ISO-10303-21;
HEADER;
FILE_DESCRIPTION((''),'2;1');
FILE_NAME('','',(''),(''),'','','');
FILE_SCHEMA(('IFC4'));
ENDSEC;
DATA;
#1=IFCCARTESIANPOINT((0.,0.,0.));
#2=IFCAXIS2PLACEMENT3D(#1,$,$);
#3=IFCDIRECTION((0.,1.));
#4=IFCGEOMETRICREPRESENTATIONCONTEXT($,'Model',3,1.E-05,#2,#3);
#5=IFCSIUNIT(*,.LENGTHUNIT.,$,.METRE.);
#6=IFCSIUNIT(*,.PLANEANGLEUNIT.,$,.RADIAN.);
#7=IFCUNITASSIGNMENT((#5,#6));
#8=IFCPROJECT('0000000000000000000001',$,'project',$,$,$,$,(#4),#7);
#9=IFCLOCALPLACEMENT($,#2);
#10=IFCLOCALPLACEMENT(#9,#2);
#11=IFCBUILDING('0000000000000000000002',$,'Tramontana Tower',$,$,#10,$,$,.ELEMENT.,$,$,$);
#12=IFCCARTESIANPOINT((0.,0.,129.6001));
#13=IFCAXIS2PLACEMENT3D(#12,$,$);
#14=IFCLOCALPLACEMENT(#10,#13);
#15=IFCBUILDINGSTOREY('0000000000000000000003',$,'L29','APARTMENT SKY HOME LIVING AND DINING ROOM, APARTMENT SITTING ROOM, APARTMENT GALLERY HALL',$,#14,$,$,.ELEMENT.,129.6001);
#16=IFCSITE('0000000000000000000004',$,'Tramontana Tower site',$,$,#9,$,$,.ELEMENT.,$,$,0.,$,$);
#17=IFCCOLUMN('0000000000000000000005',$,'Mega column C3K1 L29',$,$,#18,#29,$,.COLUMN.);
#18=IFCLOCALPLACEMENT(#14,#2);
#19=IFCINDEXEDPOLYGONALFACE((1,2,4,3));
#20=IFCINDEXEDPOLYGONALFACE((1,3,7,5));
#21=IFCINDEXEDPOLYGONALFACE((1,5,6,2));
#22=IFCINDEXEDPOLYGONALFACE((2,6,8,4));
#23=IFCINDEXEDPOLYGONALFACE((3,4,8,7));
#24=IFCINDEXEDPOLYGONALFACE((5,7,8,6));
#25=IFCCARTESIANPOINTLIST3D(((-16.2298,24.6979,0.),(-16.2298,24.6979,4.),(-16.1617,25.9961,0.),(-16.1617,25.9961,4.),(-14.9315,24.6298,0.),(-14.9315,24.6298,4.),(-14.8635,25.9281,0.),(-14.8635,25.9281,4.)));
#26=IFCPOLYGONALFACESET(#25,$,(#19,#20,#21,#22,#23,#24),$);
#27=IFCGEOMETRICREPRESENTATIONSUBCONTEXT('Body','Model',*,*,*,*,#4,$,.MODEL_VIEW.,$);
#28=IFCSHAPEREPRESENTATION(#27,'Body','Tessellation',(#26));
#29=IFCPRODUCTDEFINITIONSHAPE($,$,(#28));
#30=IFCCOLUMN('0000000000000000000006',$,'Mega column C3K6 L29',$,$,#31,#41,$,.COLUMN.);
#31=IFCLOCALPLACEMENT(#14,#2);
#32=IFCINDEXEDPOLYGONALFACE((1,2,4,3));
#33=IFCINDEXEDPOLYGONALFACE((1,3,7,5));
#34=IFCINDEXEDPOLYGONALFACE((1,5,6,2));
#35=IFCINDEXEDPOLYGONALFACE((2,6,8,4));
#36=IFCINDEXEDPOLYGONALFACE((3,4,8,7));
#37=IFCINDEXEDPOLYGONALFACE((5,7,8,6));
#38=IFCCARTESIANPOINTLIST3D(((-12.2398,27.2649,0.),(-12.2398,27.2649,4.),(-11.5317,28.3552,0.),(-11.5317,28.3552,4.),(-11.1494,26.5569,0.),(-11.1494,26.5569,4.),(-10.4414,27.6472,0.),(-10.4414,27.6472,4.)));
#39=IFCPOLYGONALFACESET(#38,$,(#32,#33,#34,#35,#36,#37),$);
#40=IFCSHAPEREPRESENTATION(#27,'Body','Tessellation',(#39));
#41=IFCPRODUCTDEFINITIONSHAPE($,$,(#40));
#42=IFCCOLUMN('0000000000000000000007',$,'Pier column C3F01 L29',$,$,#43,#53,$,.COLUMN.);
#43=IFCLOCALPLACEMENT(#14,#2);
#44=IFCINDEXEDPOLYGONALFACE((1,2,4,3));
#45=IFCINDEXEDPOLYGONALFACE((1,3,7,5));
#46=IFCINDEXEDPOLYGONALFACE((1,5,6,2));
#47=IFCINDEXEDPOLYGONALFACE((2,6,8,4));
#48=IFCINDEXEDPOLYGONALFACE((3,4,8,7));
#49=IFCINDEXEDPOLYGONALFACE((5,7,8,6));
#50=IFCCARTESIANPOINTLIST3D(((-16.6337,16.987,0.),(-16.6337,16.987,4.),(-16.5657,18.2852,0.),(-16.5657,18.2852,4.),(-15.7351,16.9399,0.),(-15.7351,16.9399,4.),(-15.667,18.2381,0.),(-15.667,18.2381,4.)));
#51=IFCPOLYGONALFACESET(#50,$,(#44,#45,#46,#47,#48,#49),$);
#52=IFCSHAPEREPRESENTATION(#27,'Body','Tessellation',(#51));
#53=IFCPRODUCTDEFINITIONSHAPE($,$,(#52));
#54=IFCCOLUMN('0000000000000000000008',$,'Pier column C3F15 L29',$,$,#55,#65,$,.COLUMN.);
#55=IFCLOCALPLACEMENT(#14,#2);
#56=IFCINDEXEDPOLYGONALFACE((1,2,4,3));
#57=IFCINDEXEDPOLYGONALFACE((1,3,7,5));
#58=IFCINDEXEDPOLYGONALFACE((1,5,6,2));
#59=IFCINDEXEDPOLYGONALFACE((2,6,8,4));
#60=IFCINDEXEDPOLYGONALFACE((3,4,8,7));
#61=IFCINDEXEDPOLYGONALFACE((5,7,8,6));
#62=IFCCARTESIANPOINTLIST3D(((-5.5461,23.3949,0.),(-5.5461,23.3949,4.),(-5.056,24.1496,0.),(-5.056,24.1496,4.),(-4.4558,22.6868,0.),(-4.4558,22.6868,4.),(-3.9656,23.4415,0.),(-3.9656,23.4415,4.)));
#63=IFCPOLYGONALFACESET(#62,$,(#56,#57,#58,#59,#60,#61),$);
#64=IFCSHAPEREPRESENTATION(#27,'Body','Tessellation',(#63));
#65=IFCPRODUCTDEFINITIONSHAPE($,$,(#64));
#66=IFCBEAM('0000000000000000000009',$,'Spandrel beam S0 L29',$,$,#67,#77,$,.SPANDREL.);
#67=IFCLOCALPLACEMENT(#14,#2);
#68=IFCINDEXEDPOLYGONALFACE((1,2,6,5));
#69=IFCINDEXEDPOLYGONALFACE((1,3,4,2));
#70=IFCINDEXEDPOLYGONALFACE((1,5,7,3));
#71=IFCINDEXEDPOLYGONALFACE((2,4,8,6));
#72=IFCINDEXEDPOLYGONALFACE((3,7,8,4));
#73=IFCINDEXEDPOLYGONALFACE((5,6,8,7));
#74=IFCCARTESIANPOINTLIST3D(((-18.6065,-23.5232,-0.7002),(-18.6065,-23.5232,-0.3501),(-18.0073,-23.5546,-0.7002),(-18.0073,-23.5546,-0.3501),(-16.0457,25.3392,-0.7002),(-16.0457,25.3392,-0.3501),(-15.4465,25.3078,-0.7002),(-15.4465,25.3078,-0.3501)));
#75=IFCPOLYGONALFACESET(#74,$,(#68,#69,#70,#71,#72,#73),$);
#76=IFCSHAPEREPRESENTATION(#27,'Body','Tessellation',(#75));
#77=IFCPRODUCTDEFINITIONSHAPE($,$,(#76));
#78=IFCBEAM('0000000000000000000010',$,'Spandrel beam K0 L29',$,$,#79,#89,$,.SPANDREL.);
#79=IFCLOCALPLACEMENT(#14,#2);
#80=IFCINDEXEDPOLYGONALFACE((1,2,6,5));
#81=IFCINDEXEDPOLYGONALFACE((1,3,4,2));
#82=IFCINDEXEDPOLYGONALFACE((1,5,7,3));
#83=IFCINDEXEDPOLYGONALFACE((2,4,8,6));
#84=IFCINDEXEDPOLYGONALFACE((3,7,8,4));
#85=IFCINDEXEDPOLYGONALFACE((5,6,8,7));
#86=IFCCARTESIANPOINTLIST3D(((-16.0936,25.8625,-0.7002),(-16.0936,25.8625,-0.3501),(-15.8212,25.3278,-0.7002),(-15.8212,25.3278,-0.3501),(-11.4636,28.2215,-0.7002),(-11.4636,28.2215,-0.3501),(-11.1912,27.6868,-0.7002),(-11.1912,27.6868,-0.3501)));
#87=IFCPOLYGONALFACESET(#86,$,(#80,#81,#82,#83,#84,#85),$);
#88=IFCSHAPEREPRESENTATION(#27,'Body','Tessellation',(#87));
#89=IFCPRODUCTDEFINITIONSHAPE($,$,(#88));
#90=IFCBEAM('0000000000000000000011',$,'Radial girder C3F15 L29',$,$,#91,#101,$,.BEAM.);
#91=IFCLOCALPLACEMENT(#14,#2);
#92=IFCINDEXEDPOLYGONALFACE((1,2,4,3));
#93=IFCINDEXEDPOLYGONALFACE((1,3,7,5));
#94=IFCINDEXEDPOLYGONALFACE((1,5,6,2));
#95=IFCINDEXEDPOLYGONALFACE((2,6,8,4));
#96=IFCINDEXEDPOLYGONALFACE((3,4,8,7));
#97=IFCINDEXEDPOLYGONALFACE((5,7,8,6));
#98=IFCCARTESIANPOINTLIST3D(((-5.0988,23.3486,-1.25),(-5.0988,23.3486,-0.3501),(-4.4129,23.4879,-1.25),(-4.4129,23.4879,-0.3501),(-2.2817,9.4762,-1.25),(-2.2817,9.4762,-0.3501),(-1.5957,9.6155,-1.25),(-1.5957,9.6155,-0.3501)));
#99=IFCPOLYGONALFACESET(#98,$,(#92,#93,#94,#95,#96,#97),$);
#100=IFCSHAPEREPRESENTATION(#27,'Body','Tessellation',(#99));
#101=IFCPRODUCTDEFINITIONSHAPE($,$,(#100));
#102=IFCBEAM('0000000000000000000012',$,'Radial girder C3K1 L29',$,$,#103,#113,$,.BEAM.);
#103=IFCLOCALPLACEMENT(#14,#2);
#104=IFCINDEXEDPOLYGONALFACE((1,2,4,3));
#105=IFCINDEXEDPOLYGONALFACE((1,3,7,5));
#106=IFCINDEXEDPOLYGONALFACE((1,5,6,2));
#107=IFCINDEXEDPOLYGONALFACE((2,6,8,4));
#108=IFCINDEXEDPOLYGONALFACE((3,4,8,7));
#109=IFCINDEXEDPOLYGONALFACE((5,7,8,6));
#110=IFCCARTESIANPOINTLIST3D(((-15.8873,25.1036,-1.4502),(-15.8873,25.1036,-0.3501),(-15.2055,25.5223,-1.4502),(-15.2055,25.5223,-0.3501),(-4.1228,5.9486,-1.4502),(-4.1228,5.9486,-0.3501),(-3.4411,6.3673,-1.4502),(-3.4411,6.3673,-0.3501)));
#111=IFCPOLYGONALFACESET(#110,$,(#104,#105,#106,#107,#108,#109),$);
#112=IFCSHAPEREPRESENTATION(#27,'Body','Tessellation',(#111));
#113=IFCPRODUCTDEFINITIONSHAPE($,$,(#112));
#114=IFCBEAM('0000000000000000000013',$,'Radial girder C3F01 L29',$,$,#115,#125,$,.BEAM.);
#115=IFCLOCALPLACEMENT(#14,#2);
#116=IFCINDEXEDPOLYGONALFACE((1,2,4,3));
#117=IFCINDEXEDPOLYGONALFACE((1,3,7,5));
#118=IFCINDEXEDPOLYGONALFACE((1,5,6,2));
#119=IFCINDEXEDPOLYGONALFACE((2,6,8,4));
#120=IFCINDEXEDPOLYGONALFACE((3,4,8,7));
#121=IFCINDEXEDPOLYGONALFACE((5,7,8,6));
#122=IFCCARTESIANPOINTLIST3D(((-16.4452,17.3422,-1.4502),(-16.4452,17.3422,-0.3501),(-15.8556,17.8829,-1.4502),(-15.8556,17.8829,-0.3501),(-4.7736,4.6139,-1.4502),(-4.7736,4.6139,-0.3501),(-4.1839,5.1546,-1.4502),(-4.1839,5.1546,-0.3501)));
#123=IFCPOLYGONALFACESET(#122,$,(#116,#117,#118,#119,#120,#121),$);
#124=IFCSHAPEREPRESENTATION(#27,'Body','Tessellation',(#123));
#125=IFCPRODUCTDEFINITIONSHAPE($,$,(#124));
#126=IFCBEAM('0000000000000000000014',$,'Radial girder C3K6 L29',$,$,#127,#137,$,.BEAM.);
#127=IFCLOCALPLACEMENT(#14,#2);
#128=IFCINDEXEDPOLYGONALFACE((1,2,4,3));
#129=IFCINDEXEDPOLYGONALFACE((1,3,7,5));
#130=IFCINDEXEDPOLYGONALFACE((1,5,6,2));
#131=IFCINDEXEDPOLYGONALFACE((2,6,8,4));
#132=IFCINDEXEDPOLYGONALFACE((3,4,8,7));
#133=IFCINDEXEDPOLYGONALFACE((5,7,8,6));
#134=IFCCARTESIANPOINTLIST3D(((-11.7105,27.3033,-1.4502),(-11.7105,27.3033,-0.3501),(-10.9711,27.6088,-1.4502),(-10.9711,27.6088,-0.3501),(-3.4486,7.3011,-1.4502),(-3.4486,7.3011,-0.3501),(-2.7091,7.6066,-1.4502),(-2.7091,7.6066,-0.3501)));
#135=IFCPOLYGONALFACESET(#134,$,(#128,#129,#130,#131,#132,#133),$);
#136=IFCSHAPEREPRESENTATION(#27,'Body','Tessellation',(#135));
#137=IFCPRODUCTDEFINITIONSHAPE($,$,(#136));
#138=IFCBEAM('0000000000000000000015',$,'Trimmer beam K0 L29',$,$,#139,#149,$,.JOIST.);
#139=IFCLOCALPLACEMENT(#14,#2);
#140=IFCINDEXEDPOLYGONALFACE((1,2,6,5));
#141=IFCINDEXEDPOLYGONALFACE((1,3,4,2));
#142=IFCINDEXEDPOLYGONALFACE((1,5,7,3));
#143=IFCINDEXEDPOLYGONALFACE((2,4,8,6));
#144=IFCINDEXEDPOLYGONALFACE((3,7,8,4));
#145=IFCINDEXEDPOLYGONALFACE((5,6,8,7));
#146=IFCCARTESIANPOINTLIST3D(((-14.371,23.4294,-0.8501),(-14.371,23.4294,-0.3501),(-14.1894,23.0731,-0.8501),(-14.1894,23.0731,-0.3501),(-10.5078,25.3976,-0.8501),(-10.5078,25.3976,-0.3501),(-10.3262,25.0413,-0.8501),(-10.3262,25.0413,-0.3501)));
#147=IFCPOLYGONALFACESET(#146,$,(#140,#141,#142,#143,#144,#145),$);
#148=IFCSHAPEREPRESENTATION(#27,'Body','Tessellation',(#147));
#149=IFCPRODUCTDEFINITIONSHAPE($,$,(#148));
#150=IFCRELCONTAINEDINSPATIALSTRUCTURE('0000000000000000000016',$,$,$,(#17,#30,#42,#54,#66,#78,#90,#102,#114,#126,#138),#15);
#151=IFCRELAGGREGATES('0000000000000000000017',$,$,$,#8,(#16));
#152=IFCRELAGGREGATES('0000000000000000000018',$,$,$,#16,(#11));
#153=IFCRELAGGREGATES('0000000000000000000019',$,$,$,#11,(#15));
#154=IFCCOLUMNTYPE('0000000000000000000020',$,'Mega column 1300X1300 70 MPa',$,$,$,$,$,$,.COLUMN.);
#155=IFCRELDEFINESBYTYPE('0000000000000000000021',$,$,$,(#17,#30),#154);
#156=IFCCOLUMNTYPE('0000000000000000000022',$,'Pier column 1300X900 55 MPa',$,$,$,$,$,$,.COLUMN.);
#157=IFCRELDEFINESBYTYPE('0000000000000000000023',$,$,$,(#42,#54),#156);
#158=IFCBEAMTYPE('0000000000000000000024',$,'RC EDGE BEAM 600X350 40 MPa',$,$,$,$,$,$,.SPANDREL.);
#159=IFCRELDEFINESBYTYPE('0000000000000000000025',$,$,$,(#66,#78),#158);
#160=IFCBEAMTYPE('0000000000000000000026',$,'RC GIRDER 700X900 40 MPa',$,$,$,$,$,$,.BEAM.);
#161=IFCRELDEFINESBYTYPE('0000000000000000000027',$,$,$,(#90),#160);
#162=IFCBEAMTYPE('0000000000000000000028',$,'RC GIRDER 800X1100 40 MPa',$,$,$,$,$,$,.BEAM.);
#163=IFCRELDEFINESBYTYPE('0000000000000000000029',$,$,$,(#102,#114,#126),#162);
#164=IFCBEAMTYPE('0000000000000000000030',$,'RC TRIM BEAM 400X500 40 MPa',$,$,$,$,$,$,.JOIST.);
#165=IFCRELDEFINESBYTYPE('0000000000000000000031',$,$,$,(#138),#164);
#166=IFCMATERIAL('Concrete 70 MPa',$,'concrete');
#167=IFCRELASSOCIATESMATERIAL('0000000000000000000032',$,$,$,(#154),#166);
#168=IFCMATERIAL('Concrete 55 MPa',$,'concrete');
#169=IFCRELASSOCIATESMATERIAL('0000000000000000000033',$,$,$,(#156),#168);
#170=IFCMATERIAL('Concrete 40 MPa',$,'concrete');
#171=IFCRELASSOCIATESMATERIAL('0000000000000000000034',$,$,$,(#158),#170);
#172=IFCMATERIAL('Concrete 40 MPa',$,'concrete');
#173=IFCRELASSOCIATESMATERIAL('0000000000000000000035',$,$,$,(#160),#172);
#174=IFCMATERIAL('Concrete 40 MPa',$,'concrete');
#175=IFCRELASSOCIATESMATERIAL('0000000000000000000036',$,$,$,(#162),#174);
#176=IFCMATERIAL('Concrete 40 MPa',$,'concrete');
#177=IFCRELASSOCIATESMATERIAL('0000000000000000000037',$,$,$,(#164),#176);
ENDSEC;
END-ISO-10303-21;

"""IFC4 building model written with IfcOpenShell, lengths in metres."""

from ifc_helpers import new_model, si_unit, direction, frame, origin, origin_2d, place, context, subcontext, project, spatial, rectangle, extrude, material, material_profile, profile_set, type_object, element, save


model = new_model("IFC4")

# Units and contexts
model_context = context("Model", 3, precision=1e-05, world=origin(), true_north=direction((0.0, 1.0)))
body_context = subcontext(model_context, "Body", "Model", "MODEL_VIEW")
ifc_project = project(units=[si_unit("LENGTHUNIT", "METRE"), si_unit("PLANEANGLEUNIT", "RADIAN")], contexts=[model_context])

# Site, building, storey
site_placement = place(None, origin())
site = spatial("IfcSite", under=ifc_project, at=site_placement, Name="Tramontana Tower site", CompositionType="ELEMENT", RefElevation=0.0)
building_placement = place(site_placement, origin())
building = spatial("IfcBuilding", under=site, at=building_placement, Name="Tramontana Tower", CompositionType="ELEMENT")
storey_placement = place(building_placement, frame((0.0, 0.0, 129.6001)))
storey = spatial("IfcBuildingStorey", under=building, at=storey_placement, Name="L29", Description="APARTMENT SKY HOME LIVING AND DINING ROOM, APARTMENT SITTING ROOM, APARTMENT GALLERY HALL", CompositionType="ELEMENT", Elevation=129.6001)

# Columns
ifc_material_1 = material(Name="Concrete 70 MPa", Category="concrete")
ifc_material_profile_1 = material_profile(ifc_material_1, rectangle(XDim=1.3, YDim=1.3, at=origin_2d()), Name="Mega column 1300X1300 70 MPa")
ifc_profile_set_1 = profile_set([ifc_material_profile_1], Name="Concrete 70 MPa")
column_type_1 = type_object("IfcColumnType", Name="Mega column 1300X1300 70 MPa", PredefinedType="COLUMN", material=ifc_profile_set_1)
for number, where, z_axis, x_axis, name in (
    (1, (-15.5466, 25.313, 0.0), (0.0, 0.0, 1.0), (-0.052336, -0.99863, 0.0), "Mega column C3K1 L29"),
    (2, (-11.3406, 27.4561, 0.0), (0.0, 0.0, 1.0), (-0.838671, 0.544639, 0.0), "Mega column C3K6 L29"),
):
    element("IfcColumn", number, at=place(storey_placement, frame(where, z_axis=z_axis, x_axis=x_axis)), inside=storey, type_object=column_type_1, Name=name, PredefinedType="COLUMN", context=body_context, shape_type="SweptSolid", body=[
        extrude(rectangle(XDim=1.3, YDim=1.3, at=origin_2d()), origin(), (0.0, 0.0, 1.0), 4.0),
    ])
ifc_material_2 = material(Name="Concrete 55 MPa", Category="concrete")
ifc_material_profile_2 = material_profile(ifc_material_2, rectangle(XDim=1.3, YDim=0.8999, at=origin_2d()), Name="Pier column 1300X900 55 MPa")
ifc_profile_set_2 = profile_set([ifc_material_profile_2], Name="Concrete 55 MPa")
column_type_2 = type_object("IfcColumnType", Name="Pier column 1300X900 55 MPa", PredefinedType="COLUMN", material=ifc_profile_set_2)
for number, where, z_axis, x_axis, name in (
    (3, (-16.1504, 17.6125, 0.0), (0.0, 0.0, 1.0), (-0.052336, -0.99863, 0.0), "Pier column C3F01 L29"),
    (4, (-4.7559, 23.4182, 0.0), (0.0, 0.0, 1.0), (-0.838671, 0.544639, 0.0), "Pier column C3F15 L29"),
):
    element("IfcColumn", number, at=place(storey_placement, frame(where, z_axis=z_axis, x_axis=x_axis)), inside=storey, type_object=column_type_2, Name=name, PredefinedType="COLUMN", context=body_context, shape_type="SweptSolid", body=[
        extrude(rectangle(XDim=1.3, YDim=0.8999, at=origin_2d()), origin(), (0.0, 0.0, 1.0), 4.0),
    ])

# Beams
ifc_material_3 = material(Name="Concrete 40 MPa", Category="concrete")
ifc_material_profile_3 = material_profile(ifc_material_3, rectangle(XDim=0.6001, YDim=0.3501, at=origin_2d()), Name="RC EDGE BEAM 600X350 40 MPa")
ifc_profile_set_3 = profile_set([ifc_material_profile_3], Name="Concrete 40 MPa")
beam_type_1 = type_object("IfcBeamType", Name="RC EDGE BEAM 600X350 40 MPa", PredefinedType="SPANDREL", material=ifc_profile_set_3)
beam_1_placement = place(storey_placement, frame((-15.7461, 25.3235, -0.5251), z_axis=(-0.052336, -0.99863, 0.0), x_axis=(0.99863, -0.052336, 0.0)))
element("IfcBeam", 5, at=beam_1_placement, inside=storey, type_object=beam_type_1, Name="Spandrel beam S0 L29", PredefinedType="SPANDREL", context=body_context, shape_type="SweptSolid", body=[
    extrude(rectangle(XDim=0.6001, YDim=0.3501, at=origin_2d()), origin(), (0.0, 0.0, 1.0), 48.9294),
])
beam_2_placement = place(storey_placement, frame((-11.3274, 27.9541, -0.5251), z_axis=(-0.891019, -0.453967, 0.0), x_axis=(0.453967, -0.891019, 0.0)))
element("IfcBeam", 6, at=beam_2_placement, inside=storey, type_object=beam_type_1, Name="Spandrel beam K0 L29", PredefinedType="SPANDREL", context=body_context, shape_type="SweptSolid", body=[
    extrude(rectangle(XDim=0.6001, YDim=0.3501, at=origin_2d()), origin(), (0.0, 0.0, 1.0), 5.1963),
])
ifc_material_4 = material(Name="Concrete 40 MPa", Category="concrete")
ifc_material_profile_4 = material_profile(ifc_material_4, rectangle(XDim=0.7, YDim=0.8999, at=origin_2d()), Name="RC GIRDER 700X900 40 MPa")
ifc_profile_set_4 = profile_set([ifc_material_profile_4], Name="Concrete 40 MPa")
beam_type_2 = type_object("IfcBeamType", Name="RC GIRDER 700X900 40 MPa", PredefinedType="BEAM", material=ifc_profile_set_4)
beam_3_placement = place(storey_placement, frame((-4.7559, 23.4182, -0.8), z_axis=(0.199014, -0.979997, 0.0), x_axis=(0.979997, 0.199014, 0.0)))
element("IfcBeam", 7, at=beam_3_placement, inside=storey, type_object=beam_type_2, Name="Radial girder C3F15 L29", PredefinedType="BEAM", context=body_context, shape_type="SweptSolid", body=[
    extrude(rectangle(XDim=0.7, YDim=0.8999, at=origin_2d()), origin(), (0.0, 0.0, 1.0), 14.1555),
])
ifc_material_5 = material(Name="Concrete 40 MPa", Category="concrete")
ifc_material_profile_5 = material_profile(ifc_material_5, rectangle(XDim=0.8, YDim=1.1001, at=origin_2d()), Name="RC GIRDER 800X1100 40 MPa")
ifc_profile_set_5 = profile_set([ifc_material_profile_5], Name="Concrete 40 MPa")
beam_type_3 = type_object("IfcBeamType", Name="RC GIRDER 800X1100 40 MPa", PredefinedType="BEAM", material=ifc_profile_set_5)
beam_4_placement = place(storey_placement, frame((-15.5464, 25.313, -0.9001), z_axis=(0.523345, -0.852121, 0.0), x_axis=(0.852121, 0.523345, 0.0)))
element("IfcBeam", 8, at=beam_4_placement, inside=storey, type_object=beam_type_3, Name="Radial girder C3K1 L29", PredefinedType="BEAM", context=body_context, shape_type="SweptSolid", body=[
    extrude(rectangle(XDim=0.8, YDim=1.1001, at=origin_2d()), origin(), (0.0, 0.0, 1.0), 22.4792),
])
beam_5_placement = place(storey_placement, frame((-16.1504, 17.6125, -0.9001), z_axis=(0.675852, -0.737037, 0.0), x_axis=(0.737037, 0.675852, 0.0)))
element("IfcBeam", 9, at=beam_5_placement, inside=storey, type_object=beam_type_3, Name="Radial girder C3F01 L29", PredefinedType="BEAM", context=body_context, shape_type="SweptSolid", body=[
    extrude(rectangle(XDim=0.8, YDim=1.1001, at=origin_2d()), origin(), (0.0, 0.0, 1.0), 17.2695),
])
beam_6_placement = place(storey_placement, frame((-11.3408, 27.4561, -0.9001), z_axis=(0.381767, -0.924258, 0.0), x_axis=(0.924258, 0.381767, 0.0)))
element("IfcBeam", 10, at=beam_6_placement, inside=storey, type_object=beam_type_3, Name="Radial girder C3K6 L29", PredefinedType="BEAM", context=body_context, shape_type="SweptSolid", body=[
    extrude(rectangle(XDim=0.8, YDim=1.1001, at=origin_2d()), origin(), (0.0, 0.0, 1.0), 21.6414),
])
ifc_material_6 = material(Name="Concrete 40 MPa", Category="concrete")
ifc_material_profile_6 = material_profile(ifc_material_6, rectangle(XDim=0.3999, YDim=0.5, at=origin_2d()), Name="RC TRIM BEAM 400X500 40 MPa")
ifc_profile_set_6 = profile_set([ifc_material_profile_6], Name="Concrete 40 MPa")
beam_type_4 = type_object("IfcBeamType", Name="RC TRIM BEAM 400X500 40 MPa", PredefinedType="JOIST", material=ifc_profile_set_6)
beam_7_placement = place(storey_placement, frame((-10.417, 25.2195, -0.6001), z_axis=(-0.891023, -0.453958, 0.0), x_axis=(0.453958, -0.891023, 0.0)))
element("IfcBeam", 11, at=beam_7_placement, inside=storey, type_object=beam_type_4, Name="Trimmer beam K0 L29", PredefinedType="JOIST", context=body_context, shape_type="SweptSolid", body=[
    extrude(rectangle(XDim=0.3999, YDim=0.5, at=origin_2d()), origin(), (0.0, 0.0, 1.0), 4.3357),
])

save(model, "model.ifc")
